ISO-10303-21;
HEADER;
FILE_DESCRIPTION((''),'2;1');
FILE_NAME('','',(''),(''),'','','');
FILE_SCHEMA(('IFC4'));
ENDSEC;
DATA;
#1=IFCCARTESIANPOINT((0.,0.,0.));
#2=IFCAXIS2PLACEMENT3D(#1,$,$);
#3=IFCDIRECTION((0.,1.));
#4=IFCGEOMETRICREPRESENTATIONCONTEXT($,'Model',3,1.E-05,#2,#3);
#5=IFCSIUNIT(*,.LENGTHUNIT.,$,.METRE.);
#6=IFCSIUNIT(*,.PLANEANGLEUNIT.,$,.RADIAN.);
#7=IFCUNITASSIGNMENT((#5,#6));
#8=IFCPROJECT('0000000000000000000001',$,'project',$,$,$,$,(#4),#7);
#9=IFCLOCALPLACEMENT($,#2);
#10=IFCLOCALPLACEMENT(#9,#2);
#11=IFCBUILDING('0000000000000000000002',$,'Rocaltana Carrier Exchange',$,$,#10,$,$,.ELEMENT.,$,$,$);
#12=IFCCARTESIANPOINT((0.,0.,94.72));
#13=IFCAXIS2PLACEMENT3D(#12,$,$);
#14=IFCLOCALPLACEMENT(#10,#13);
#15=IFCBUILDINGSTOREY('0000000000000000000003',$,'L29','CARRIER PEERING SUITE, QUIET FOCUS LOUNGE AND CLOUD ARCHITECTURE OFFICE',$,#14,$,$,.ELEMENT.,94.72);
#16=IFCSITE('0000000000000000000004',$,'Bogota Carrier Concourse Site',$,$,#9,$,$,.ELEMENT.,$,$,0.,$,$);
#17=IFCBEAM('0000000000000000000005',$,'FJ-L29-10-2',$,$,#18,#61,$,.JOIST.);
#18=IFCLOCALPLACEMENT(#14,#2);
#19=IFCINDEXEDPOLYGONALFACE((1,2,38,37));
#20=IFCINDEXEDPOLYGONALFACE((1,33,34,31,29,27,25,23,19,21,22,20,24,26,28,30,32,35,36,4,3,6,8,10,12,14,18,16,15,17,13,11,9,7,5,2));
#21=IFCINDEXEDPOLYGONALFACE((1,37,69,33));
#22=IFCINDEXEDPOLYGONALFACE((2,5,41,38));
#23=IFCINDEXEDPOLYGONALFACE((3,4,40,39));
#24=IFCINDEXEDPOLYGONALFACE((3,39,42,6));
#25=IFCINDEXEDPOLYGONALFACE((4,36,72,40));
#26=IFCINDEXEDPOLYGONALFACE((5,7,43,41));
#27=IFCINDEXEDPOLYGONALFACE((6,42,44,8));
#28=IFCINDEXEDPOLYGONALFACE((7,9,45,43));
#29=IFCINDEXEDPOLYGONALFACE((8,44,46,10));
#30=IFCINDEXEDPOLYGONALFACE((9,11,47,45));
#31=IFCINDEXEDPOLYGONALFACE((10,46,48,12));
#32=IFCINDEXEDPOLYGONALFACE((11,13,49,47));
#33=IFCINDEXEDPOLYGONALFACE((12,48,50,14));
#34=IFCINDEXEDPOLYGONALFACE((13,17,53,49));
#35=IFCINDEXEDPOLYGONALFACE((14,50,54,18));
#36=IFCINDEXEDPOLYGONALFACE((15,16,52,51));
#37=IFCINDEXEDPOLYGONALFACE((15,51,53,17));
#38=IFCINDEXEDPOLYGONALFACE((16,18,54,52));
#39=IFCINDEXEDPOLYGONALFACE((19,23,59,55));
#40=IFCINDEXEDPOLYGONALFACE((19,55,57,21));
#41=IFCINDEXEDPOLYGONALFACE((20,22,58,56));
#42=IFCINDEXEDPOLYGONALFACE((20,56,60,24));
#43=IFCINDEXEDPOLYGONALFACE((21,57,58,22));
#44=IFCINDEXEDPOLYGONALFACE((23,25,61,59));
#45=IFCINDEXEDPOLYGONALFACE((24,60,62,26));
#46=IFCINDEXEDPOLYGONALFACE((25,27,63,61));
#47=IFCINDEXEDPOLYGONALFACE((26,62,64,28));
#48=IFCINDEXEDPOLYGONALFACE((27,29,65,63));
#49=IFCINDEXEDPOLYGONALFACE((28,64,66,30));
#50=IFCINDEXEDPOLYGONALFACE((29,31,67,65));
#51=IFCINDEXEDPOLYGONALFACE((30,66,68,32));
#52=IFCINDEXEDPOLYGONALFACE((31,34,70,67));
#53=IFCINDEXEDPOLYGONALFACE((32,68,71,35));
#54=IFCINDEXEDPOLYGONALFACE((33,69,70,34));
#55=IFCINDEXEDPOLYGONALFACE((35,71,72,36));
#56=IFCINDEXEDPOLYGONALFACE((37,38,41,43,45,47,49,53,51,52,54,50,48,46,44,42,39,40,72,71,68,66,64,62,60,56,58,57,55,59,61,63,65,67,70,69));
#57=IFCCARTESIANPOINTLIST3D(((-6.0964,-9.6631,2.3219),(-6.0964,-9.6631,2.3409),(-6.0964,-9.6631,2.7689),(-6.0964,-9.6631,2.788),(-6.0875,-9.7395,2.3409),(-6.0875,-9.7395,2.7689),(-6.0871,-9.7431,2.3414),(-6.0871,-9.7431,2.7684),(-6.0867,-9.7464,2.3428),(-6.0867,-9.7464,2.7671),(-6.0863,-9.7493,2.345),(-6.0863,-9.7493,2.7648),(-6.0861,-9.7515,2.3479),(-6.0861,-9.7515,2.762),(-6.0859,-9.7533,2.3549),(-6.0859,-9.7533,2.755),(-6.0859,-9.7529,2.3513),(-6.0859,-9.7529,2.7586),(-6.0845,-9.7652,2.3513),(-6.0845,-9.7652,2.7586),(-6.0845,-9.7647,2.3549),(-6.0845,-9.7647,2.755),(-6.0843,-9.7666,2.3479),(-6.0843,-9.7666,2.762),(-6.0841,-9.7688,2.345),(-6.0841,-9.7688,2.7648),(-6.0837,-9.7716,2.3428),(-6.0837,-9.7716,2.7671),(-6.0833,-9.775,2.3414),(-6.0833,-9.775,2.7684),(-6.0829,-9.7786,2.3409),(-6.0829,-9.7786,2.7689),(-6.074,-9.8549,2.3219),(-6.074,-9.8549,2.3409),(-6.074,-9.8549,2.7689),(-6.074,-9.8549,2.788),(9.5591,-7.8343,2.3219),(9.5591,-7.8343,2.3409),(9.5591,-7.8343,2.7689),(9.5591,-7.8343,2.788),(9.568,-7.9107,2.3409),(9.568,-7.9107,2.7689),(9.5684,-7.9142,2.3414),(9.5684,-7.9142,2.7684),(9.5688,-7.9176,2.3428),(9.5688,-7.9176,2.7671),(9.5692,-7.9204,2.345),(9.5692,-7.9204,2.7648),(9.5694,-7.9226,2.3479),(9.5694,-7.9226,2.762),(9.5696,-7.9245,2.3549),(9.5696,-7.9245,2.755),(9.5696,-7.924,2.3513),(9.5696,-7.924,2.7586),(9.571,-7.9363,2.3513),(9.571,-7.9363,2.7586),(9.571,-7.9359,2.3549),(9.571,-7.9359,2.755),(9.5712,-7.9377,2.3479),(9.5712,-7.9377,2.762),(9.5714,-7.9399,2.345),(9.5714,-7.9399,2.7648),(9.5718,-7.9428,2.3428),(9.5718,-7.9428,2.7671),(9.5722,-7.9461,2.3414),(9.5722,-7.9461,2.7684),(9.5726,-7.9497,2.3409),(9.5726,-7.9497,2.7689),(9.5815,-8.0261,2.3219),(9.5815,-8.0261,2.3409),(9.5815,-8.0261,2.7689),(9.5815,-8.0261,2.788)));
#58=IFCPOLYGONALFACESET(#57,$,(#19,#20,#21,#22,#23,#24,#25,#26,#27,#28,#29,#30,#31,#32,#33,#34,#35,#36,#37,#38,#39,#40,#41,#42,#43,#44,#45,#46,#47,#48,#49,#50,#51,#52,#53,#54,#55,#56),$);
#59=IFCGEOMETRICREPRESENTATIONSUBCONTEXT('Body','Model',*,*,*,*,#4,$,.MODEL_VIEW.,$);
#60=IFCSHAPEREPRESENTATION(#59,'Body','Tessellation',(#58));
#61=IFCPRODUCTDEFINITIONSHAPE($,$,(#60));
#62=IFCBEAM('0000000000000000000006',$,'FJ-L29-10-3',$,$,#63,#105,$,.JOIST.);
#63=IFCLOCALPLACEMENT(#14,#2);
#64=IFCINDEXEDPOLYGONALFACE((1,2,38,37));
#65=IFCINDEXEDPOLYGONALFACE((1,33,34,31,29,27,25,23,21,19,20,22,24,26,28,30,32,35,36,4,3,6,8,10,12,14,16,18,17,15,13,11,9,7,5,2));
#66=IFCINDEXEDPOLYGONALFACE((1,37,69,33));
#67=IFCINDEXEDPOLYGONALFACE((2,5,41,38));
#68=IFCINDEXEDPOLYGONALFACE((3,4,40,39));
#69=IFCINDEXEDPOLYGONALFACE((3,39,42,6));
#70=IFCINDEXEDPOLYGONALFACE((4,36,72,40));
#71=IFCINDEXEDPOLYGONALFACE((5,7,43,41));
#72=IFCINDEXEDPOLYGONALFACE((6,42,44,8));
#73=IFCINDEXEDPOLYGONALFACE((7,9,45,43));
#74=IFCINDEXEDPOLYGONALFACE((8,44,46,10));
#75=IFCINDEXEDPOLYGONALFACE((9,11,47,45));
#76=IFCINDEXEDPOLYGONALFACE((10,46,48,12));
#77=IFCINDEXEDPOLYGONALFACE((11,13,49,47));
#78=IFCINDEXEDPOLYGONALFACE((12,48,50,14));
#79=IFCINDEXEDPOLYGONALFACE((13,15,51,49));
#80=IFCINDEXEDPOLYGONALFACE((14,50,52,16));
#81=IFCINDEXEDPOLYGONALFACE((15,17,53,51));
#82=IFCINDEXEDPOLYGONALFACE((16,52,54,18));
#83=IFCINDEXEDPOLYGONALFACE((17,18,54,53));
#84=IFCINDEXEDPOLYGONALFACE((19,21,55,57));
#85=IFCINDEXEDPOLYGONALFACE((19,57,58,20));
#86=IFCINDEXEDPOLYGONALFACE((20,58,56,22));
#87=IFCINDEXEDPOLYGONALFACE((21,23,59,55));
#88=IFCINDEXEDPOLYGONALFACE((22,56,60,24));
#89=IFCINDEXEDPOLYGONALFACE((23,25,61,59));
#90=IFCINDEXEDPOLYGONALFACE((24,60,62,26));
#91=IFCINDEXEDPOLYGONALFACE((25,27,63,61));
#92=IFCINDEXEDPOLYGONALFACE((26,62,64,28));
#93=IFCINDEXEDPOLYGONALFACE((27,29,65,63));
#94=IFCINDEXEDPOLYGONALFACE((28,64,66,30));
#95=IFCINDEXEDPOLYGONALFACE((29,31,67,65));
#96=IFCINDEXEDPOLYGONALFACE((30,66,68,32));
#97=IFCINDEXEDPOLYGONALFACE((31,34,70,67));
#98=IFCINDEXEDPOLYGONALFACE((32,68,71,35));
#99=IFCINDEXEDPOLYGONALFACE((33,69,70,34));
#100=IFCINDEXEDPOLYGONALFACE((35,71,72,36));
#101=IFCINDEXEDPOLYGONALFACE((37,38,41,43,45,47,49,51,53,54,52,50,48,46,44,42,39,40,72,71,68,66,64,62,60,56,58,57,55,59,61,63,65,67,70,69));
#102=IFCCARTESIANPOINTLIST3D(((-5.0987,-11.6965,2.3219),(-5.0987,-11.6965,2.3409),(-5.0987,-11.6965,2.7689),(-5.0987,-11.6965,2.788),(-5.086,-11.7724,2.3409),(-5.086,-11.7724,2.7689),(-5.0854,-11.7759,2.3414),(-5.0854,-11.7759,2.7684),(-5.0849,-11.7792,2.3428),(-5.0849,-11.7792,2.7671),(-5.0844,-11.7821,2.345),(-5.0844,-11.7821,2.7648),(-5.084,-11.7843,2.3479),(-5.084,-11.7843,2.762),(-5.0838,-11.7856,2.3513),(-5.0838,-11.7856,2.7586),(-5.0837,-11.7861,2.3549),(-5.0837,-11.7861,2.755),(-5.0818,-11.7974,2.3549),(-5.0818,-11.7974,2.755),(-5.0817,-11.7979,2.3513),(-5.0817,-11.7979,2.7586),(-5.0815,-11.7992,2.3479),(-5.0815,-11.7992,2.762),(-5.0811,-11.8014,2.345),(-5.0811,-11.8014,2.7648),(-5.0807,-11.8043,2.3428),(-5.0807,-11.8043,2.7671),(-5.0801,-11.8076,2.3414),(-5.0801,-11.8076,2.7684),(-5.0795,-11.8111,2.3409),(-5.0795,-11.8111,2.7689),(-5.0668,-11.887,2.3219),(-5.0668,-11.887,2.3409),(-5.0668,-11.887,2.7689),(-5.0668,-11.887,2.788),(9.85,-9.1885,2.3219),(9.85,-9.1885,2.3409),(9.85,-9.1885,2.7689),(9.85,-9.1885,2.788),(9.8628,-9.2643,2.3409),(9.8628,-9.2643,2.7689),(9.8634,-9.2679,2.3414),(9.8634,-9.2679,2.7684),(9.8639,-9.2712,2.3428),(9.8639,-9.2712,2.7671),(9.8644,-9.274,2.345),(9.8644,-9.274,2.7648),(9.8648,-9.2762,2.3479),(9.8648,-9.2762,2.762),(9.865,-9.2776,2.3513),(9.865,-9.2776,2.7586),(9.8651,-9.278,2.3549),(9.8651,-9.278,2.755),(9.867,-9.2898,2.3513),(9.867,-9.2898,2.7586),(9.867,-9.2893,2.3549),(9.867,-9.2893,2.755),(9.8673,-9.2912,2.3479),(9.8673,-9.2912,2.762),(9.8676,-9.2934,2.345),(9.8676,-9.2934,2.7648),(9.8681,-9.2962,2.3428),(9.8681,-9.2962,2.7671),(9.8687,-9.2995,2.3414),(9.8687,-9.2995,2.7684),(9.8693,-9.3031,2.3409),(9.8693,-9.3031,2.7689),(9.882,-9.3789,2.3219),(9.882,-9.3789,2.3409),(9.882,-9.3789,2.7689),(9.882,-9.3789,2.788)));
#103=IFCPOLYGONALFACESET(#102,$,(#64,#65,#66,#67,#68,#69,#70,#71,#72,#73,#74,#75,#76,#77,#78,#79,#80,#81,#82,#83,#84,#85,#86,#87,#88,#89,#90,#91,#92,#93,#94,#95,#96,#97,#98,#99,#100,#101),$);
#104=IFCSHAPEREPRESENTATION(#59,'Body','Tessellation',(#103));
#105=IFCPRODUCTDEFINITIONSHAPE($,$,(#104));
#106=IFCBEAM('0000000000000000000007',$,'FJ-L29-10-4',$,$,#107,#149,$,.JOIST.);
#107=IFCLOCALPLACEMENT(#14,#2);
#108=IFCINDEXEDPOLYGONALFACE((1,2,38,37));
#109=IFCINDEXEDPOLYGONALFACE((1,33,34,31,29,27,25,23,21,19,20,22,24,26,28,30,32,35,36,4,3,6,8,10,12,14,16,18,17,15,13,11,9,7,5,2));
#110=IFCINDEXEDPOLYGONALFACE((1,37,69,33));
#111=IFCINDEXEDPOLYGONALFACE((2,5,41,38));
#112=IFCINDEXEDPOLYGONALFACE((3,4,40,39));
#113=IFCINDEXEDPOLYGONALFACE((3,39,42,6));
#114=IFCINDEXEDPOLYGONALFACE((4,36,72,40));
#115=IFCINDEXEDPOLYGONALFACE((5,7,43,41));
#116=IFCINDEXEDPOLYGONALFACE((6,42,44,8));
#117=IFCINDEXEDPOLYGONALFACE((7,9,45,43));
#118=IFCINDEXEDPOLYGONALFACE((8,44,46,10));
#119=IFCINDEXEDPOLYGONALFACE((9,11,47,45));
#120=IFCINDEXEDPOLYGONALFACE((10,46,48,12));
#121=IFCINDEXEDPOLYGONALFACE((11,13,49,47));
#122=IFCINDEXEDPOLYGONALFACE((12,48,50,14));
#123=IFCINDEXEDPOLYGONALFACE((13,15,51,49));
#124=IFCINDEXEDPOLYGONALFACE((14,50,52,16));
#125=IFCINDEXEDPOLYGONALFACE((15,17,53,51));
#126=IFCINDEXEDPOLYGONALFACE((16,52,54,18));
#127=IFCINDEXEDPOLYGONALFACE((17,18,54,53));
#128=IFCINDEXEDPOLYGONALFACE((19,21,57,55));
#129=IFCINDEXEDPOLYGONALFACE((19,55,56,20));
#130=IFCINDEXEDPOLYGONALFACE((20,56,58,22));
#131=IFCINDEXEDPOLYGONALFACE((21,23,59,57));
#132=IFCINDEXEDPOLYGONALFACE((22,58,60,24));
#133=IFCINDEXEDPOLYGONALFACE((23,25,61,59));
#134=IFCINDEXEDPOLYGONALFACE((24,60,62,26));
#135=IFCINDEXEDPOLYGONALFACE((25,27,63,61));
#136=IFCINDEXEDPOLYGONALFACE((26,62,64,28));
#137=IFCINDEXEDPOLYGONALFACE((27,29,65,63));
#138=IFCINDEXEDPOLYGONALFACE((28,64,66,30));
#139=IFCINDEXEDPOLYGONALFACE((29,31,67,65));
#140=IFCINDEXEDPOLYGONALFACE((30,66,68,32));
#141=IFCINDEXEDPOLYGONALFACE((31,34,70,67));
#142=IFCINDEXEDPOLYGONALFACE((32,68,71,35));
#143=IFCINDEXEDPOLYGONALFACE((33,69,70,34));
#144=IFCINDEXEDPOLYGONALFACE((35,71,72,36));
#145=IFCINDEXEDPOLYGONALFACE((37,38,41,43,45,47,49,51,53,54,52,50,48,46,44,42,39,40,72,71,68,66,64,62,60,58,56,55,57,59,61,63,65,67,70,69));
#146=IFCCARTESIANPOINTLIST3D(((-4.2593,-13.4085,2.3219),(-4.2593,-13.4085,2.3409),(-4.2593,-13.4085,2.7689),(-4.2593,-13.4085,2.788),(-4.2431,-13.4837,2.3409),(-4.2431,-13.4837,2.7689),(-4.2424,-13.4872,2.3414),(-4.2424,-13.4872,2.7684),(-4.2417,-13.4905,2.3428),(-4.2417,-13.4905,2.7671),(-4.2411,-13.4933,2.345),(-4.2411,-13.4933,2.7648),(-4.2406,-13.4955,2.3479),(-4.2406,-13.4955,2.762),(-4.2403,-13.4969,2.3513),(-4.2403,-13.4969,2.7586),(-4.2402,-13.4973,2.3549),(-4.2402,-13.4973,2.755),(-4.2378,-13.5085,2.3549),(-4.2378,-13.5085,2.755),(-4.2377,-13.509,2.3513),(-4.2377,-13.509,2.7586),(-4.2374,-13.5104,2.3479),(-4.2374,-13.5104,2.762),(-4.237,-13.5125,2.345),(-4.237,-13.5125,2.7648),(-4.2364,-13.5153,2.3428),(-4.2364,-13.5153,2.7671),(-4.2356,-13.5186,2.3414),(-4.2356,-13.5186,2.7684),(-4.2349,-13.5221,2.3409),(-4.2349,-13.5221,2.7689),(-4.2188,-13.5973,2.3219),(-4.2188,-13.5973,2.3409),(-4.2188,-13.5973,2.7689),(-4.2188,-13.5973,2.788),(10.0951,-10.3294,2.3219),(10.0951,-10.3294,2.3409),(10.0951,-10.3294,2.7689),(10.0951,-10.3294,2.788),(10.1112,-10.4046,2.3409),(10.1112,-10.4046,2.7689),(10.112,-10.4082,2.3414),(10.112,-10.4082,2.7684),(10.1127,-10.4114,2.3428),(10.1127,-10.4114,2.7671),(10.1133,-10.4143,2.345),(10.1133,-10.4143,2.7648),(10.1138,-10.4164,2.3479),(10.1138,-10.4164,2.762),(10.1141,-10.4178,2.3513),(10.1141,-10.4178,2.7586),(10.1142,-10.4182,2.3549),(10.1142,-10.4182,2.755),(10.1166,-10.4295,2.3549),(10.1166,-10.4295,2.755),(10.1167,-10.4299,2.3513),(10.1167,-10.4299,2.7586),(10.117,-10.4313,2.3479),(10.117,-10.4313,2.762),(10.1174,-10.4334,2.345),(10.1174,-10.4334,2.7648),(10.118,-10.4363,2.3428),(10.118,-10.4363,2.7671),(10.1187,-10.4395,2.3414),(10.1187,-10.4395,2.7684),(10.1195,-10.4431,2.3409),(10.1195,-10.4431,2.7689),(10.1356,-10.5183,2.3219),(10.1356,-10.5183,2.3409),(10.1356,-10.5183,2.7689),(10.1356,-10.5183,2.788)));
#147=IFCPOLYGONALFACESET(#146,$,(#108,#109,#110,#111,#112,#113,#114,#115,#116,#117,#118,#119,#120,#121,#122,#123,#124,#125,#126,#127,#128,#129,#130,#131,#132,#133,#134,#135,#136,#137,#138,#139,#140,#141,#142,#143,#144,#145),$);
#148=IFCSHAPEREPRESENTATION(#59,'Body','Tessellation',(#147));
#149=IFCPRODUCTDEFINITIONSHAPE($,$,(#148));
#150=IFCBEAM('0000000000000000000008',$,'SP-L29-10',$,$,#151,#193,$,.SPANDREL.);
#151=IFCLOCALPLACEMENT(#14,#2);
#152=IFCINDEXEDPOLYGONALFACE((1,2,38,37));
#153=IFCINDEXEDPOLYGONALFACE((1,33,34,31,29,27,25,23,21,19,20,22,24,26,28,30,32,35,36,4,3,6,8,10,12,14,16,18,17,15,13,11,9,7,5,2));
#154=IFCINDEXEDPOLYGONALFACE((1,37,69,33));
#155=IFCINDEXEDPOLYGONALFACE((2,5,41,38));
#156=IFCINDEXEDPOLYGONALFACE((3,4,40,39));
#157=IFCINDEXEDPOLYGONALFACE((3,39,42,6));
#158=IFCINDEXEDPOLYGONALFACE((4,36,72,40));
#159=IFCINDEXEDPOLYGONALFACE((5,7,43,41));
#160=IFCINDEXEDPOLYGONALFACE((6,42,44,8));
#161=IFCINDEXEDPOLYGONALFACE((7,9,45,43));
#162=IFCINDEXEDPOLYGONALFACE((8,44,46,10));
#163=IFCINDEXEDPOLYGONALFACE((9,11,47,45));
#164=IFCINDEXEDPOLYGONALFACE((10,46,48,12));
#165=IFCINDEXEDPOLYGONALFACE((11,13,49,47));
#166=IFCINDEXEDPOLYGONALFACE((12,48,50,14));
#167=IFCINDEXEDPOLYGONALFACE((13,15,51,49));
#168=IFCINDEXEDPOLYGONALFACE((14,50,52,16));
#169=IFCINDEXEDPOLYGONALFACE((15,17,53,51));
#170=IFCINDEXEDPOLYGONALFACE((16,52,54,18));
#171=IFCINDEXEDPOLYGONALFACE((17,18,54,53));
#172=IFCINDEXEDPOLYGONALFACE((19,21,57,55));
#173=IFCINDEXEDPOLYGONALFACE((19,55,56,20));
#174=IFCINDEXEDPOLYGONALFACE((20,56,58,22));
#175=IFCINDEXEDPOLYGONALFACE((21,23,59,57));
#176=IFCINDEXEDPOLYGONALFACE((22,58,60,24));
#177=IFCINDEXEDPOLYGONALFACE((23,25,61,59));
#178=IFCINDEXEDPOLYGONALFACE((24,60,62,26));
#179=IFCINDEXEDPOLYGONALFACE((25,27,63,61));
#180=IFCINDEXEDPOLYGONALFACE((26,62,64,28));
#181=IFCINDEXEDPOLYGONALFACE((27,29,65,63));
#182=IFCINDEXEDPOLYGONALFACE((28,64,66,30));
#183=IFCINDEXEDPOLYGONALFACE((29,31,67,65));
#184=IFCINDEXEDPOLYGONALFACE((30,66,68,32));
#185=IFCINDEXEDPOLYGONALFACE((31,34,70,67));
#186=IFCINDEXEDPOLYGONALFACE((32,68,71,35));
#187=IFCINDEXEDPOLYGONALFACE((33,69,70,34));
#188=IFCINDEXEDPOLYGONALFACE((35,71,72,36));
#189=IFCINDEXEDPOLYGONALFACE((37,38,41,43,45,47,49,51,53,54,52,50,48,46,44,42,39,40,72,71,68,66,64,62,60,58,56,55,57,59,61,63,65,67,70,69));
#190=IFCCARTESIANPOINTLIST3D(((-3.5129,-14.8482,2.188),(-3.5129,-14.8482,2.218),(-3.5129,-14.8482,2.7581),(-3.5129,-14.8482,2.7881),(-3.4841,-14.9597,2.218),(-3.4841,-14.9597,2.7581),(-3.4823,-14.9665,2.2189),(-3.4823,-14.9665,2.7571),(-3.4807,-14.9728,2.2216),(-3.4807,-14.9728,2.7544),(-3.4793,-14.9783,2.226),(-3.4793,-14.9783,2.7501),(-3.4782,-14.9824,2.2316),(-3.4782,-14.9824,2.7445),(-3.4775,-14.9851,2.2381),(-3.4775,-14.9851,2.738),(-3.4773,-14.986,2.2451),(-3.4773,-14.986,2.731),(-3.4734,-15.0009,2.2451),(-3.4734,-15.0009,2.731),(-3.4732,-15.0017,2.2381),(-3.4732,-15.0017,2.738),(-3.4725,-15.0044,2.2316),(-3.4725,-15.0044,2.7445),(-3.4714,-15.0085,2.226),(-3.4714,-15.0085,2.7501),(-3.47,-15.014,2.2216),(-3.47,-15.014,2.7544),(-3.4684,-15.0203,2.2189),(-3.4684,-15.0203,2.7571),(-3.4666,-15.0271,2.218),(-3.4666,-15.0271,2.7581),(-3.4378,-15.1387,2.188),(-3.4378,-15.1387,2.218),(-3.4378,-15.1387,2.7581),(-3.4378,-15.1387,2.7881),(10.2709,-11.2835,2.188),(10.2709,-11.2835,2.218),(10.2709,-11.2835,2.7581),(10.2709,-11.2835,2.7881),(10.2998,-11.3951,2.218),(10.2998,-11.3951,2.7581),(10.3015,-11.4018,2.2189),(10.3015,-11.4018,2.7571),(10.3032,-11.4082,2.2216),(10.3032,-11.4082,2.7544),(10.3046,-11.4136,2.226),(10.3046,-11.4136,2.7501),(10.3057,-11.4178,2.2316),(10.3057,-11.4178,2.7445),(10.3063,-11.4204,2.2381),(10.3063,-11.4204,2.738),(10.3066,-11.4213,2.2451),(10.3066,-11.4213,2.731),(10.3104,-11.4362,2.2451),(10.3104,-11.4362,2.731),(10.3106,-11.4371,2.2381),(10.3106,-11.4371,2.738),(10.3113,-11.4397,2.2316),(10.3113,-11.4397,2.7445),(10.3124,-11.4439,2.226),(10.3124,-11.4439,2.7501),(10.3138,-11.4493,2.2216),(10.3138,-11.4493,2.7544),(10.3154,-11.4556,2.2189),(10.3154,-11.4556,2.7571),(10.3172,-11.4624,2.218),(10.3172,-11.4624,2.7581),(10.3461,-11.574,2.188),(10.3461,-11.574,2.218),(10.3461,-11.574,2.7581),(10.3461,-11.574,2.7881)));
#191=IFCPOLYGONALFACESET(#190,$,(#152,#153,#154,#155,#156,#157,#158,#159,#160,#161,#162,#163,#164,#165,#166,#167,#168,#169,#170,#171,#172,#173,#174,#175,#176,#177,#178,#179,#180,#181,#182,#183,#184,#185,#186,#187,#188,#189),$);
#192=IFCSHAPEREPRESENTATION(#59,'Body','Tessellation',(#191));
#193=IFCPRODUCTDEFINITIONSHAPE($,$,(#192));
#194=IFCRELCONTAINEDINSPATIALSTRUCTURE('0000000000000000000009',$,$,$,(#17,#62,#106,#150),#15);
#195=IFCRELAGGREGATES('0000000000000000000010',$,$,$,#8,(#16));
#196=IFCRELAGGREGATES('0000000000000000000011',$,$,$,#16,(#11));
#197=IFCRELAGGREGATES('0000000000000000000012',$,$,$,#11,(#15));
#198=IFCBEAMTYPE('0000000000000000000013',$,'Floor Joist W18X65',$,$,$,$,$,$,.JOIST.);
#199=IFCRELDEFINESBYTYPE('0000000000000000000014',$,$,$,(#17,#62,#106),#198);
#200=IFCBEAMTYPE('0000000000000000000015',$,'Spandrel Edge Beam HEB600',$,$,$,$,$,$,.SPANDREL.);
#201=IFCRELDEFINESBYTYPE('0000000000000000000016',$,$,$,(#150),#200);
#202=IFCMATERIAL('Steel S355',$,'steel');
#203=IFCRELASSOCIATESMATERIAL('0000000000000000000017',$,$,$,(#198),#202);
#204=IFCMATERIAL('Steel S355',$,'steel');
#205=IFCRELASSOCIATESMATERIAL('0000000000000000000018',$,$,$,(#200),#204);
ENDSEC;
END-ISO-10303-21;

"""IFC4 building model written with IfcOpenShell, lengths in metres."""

from ifc_helpers import new_model, si_unit, direction, frame, origin, origin_2d, place, context, subcontext, project, spatial, i_section, extrude, material, material_profile, profile_set, type_object, element, save


model = new_model("IFC4")

# Units and contexts
model_context = context("Model", 3, precision=1e-05, world=origin(), true_north=direction((0.0, 1.0)))
body_context = subcontext(model_context, "Body", "Model", "MODEL_VIEW")
ifc_project = project(units=[si_unit("LENGTHUNIT", "METRE"), si_unit("PLANEANGLEUNIT", "RADIAN")], contexts=[model_context])

# Site, building, storey
site_placement = place(None, origin())
site = spatial("IfcSite", under=ifc_project, at=site_placement, Name="Bogota Carrier Concourse Site", CompositionType="ELEMENT", RefElevation=0.0)
building_placement = place(site_placement, origin())
building = spatial("IfcBuilding", under=site, at=building_placement, Name="Rocaltana Carrier Exchange", CompositionType="ELEMENT")
storey_placement = place(building_placement, frame((0.0, 0.0, 94.72)))
storey = spatial("IfcBuildingStorey", under=building, at=storey_placement, Name="L29", Description="CARRIER PEERING SUITE, QUIET FOCUS LOUNGE AND CLOUD ARCHITECTURE OFFICE", CompositionType="ELEMENT", Elevation=94.72)

# Beams
ifc_material_1 = material(Name="Steel S355", Category="steel")
ifc_material_profile_1 = material_profile(ifc_material_1, i_section(OverallWidth=0.1931, OverallDepth=0.4661, WebThickness=0.0115, FlangeThickness=0.019, FilletRadius=0.0139, at=origin_2d()), Name="W18X65")
ifc_profile_set_1 = profile_set([ifc_material_profile_1], Name="Steel S355")
beam_type_1 = type_object("IfcBeamType", Name="Floor Joist W18X65", PredefinedType="JOIST", material=ifc_profile_set_1)
beam_1_placement = place(storey_placement, frame((-6.0852, -9.759, 2.5549), z_axis=(0.993246, 0.11603, 0.0), x_axis=(-0.11603, 0.993246, 0.0)))
element("IfcBeam", 1, at=beam_1_placement, inside=storey, type_object=beam_type_1, Name="FJ-L29-10-2", PredefinedType="JOIST", context=body_context, shape_type="SweptSolid", body=[
    extrude(i_section(OverallWidth=0.1931, OverallDepth=0.4661, WebThickness=0.0115, FlangeThickness=0.019, FilletRadius=0.0139, at=origin_2d()), origin(), (0.0, 0.0, 1.0), 15.762),
])
beam_2_placement = place(storey_placement, frame((-5.0828, -11.7917, 2.5549), z_axis=(0.986216, 0.165465, 0.0), x_axis=(-0.165465, 0.986216, 0.0)))
element("IfcBeam", 2, at=beam_2_placement, inside=storey, type_object=beam_type_1, Name="FJ-L29-10-3", PredefinedType="JOIST", context=body_context, shape_type="SweptSolid", body=[
    extrude(i_section(OverallWidth=0.1931, OverallDepth=0.4661, WebThickness=0.0115, FlangeThickness=0.019, FilletRadius=0.0139, at=origin_2d()), origin(), (0.0, 0.0, 1.0), 15.1577),
])
beam_3_placement = place(storey_placement, frame((-4.239, -13.5029, 2.5549), z_axis=(0.977759, 0.209734, 0.0), x_axis=(-0.209734, 0.977759, 0.0)))
element("IfcBeam", 3, at=beam_3_placement, inside=storey, type_object=beam_type_1, Name="FJ-L29-10-4", PredefinedType="JOIST", context=body_context, shape_type="SweptSolid", body=[
    extrude(i_section(OverallWidth=0.1931, OverallDepth=0.4661, WebThickness=0.0115, FlangeThickness=0.019, FilletRadius=0.0139, at=origin_2d()), origin(), (0.0, 0.0, 1.0), 14.6809),
])
ifc_material_2 = material(Name="Steel S355", Category="steel")
ifc_material_profile_2 = material_profile(ifc_material_2, i_section(OverallWidth=0.3, OverallDepth=0.6001, WebThickness=0.0154, FlangeThickness=0.03, FilletRadius=0.0271, at=origin_2d()), Name="HEB600")
ifc_profile_set_2 = profile_set([ifc_material_profile_2], Name="Steel S355")
beam_type_2 = type_object("IfcBeamType", Name="Spandrel Edge Beam HEB600", PredefinedType="SPANDREL", material=ifc_profile_set_2)
beam_4_placement = place(storey_placement, frame((-3.4753, -14.9934, 2.488), z_axis=(0.968149, 0.250375, 0.0), x_axis=(-0.250375, 0.968149, 0.0)))
element("IfcBeam", 4, at=beam_4_placement, inside=storey, type_object=beam_type_2, Name="SP-L29-10", PredefinedType="SPANDREL", context=body_context, shape_type="SweptSolid", body=[
    extrude(i_section(OverallWidth=0.3, OverallDepth=0.6001, WebThickness=0.0154, FlangeThickness=0.03, FilletRadius=0.0271, at=origin_2d()), origin(), (0.0, 0.0, 1.0), 14.2373),
])

save(model, "model.ifc")
